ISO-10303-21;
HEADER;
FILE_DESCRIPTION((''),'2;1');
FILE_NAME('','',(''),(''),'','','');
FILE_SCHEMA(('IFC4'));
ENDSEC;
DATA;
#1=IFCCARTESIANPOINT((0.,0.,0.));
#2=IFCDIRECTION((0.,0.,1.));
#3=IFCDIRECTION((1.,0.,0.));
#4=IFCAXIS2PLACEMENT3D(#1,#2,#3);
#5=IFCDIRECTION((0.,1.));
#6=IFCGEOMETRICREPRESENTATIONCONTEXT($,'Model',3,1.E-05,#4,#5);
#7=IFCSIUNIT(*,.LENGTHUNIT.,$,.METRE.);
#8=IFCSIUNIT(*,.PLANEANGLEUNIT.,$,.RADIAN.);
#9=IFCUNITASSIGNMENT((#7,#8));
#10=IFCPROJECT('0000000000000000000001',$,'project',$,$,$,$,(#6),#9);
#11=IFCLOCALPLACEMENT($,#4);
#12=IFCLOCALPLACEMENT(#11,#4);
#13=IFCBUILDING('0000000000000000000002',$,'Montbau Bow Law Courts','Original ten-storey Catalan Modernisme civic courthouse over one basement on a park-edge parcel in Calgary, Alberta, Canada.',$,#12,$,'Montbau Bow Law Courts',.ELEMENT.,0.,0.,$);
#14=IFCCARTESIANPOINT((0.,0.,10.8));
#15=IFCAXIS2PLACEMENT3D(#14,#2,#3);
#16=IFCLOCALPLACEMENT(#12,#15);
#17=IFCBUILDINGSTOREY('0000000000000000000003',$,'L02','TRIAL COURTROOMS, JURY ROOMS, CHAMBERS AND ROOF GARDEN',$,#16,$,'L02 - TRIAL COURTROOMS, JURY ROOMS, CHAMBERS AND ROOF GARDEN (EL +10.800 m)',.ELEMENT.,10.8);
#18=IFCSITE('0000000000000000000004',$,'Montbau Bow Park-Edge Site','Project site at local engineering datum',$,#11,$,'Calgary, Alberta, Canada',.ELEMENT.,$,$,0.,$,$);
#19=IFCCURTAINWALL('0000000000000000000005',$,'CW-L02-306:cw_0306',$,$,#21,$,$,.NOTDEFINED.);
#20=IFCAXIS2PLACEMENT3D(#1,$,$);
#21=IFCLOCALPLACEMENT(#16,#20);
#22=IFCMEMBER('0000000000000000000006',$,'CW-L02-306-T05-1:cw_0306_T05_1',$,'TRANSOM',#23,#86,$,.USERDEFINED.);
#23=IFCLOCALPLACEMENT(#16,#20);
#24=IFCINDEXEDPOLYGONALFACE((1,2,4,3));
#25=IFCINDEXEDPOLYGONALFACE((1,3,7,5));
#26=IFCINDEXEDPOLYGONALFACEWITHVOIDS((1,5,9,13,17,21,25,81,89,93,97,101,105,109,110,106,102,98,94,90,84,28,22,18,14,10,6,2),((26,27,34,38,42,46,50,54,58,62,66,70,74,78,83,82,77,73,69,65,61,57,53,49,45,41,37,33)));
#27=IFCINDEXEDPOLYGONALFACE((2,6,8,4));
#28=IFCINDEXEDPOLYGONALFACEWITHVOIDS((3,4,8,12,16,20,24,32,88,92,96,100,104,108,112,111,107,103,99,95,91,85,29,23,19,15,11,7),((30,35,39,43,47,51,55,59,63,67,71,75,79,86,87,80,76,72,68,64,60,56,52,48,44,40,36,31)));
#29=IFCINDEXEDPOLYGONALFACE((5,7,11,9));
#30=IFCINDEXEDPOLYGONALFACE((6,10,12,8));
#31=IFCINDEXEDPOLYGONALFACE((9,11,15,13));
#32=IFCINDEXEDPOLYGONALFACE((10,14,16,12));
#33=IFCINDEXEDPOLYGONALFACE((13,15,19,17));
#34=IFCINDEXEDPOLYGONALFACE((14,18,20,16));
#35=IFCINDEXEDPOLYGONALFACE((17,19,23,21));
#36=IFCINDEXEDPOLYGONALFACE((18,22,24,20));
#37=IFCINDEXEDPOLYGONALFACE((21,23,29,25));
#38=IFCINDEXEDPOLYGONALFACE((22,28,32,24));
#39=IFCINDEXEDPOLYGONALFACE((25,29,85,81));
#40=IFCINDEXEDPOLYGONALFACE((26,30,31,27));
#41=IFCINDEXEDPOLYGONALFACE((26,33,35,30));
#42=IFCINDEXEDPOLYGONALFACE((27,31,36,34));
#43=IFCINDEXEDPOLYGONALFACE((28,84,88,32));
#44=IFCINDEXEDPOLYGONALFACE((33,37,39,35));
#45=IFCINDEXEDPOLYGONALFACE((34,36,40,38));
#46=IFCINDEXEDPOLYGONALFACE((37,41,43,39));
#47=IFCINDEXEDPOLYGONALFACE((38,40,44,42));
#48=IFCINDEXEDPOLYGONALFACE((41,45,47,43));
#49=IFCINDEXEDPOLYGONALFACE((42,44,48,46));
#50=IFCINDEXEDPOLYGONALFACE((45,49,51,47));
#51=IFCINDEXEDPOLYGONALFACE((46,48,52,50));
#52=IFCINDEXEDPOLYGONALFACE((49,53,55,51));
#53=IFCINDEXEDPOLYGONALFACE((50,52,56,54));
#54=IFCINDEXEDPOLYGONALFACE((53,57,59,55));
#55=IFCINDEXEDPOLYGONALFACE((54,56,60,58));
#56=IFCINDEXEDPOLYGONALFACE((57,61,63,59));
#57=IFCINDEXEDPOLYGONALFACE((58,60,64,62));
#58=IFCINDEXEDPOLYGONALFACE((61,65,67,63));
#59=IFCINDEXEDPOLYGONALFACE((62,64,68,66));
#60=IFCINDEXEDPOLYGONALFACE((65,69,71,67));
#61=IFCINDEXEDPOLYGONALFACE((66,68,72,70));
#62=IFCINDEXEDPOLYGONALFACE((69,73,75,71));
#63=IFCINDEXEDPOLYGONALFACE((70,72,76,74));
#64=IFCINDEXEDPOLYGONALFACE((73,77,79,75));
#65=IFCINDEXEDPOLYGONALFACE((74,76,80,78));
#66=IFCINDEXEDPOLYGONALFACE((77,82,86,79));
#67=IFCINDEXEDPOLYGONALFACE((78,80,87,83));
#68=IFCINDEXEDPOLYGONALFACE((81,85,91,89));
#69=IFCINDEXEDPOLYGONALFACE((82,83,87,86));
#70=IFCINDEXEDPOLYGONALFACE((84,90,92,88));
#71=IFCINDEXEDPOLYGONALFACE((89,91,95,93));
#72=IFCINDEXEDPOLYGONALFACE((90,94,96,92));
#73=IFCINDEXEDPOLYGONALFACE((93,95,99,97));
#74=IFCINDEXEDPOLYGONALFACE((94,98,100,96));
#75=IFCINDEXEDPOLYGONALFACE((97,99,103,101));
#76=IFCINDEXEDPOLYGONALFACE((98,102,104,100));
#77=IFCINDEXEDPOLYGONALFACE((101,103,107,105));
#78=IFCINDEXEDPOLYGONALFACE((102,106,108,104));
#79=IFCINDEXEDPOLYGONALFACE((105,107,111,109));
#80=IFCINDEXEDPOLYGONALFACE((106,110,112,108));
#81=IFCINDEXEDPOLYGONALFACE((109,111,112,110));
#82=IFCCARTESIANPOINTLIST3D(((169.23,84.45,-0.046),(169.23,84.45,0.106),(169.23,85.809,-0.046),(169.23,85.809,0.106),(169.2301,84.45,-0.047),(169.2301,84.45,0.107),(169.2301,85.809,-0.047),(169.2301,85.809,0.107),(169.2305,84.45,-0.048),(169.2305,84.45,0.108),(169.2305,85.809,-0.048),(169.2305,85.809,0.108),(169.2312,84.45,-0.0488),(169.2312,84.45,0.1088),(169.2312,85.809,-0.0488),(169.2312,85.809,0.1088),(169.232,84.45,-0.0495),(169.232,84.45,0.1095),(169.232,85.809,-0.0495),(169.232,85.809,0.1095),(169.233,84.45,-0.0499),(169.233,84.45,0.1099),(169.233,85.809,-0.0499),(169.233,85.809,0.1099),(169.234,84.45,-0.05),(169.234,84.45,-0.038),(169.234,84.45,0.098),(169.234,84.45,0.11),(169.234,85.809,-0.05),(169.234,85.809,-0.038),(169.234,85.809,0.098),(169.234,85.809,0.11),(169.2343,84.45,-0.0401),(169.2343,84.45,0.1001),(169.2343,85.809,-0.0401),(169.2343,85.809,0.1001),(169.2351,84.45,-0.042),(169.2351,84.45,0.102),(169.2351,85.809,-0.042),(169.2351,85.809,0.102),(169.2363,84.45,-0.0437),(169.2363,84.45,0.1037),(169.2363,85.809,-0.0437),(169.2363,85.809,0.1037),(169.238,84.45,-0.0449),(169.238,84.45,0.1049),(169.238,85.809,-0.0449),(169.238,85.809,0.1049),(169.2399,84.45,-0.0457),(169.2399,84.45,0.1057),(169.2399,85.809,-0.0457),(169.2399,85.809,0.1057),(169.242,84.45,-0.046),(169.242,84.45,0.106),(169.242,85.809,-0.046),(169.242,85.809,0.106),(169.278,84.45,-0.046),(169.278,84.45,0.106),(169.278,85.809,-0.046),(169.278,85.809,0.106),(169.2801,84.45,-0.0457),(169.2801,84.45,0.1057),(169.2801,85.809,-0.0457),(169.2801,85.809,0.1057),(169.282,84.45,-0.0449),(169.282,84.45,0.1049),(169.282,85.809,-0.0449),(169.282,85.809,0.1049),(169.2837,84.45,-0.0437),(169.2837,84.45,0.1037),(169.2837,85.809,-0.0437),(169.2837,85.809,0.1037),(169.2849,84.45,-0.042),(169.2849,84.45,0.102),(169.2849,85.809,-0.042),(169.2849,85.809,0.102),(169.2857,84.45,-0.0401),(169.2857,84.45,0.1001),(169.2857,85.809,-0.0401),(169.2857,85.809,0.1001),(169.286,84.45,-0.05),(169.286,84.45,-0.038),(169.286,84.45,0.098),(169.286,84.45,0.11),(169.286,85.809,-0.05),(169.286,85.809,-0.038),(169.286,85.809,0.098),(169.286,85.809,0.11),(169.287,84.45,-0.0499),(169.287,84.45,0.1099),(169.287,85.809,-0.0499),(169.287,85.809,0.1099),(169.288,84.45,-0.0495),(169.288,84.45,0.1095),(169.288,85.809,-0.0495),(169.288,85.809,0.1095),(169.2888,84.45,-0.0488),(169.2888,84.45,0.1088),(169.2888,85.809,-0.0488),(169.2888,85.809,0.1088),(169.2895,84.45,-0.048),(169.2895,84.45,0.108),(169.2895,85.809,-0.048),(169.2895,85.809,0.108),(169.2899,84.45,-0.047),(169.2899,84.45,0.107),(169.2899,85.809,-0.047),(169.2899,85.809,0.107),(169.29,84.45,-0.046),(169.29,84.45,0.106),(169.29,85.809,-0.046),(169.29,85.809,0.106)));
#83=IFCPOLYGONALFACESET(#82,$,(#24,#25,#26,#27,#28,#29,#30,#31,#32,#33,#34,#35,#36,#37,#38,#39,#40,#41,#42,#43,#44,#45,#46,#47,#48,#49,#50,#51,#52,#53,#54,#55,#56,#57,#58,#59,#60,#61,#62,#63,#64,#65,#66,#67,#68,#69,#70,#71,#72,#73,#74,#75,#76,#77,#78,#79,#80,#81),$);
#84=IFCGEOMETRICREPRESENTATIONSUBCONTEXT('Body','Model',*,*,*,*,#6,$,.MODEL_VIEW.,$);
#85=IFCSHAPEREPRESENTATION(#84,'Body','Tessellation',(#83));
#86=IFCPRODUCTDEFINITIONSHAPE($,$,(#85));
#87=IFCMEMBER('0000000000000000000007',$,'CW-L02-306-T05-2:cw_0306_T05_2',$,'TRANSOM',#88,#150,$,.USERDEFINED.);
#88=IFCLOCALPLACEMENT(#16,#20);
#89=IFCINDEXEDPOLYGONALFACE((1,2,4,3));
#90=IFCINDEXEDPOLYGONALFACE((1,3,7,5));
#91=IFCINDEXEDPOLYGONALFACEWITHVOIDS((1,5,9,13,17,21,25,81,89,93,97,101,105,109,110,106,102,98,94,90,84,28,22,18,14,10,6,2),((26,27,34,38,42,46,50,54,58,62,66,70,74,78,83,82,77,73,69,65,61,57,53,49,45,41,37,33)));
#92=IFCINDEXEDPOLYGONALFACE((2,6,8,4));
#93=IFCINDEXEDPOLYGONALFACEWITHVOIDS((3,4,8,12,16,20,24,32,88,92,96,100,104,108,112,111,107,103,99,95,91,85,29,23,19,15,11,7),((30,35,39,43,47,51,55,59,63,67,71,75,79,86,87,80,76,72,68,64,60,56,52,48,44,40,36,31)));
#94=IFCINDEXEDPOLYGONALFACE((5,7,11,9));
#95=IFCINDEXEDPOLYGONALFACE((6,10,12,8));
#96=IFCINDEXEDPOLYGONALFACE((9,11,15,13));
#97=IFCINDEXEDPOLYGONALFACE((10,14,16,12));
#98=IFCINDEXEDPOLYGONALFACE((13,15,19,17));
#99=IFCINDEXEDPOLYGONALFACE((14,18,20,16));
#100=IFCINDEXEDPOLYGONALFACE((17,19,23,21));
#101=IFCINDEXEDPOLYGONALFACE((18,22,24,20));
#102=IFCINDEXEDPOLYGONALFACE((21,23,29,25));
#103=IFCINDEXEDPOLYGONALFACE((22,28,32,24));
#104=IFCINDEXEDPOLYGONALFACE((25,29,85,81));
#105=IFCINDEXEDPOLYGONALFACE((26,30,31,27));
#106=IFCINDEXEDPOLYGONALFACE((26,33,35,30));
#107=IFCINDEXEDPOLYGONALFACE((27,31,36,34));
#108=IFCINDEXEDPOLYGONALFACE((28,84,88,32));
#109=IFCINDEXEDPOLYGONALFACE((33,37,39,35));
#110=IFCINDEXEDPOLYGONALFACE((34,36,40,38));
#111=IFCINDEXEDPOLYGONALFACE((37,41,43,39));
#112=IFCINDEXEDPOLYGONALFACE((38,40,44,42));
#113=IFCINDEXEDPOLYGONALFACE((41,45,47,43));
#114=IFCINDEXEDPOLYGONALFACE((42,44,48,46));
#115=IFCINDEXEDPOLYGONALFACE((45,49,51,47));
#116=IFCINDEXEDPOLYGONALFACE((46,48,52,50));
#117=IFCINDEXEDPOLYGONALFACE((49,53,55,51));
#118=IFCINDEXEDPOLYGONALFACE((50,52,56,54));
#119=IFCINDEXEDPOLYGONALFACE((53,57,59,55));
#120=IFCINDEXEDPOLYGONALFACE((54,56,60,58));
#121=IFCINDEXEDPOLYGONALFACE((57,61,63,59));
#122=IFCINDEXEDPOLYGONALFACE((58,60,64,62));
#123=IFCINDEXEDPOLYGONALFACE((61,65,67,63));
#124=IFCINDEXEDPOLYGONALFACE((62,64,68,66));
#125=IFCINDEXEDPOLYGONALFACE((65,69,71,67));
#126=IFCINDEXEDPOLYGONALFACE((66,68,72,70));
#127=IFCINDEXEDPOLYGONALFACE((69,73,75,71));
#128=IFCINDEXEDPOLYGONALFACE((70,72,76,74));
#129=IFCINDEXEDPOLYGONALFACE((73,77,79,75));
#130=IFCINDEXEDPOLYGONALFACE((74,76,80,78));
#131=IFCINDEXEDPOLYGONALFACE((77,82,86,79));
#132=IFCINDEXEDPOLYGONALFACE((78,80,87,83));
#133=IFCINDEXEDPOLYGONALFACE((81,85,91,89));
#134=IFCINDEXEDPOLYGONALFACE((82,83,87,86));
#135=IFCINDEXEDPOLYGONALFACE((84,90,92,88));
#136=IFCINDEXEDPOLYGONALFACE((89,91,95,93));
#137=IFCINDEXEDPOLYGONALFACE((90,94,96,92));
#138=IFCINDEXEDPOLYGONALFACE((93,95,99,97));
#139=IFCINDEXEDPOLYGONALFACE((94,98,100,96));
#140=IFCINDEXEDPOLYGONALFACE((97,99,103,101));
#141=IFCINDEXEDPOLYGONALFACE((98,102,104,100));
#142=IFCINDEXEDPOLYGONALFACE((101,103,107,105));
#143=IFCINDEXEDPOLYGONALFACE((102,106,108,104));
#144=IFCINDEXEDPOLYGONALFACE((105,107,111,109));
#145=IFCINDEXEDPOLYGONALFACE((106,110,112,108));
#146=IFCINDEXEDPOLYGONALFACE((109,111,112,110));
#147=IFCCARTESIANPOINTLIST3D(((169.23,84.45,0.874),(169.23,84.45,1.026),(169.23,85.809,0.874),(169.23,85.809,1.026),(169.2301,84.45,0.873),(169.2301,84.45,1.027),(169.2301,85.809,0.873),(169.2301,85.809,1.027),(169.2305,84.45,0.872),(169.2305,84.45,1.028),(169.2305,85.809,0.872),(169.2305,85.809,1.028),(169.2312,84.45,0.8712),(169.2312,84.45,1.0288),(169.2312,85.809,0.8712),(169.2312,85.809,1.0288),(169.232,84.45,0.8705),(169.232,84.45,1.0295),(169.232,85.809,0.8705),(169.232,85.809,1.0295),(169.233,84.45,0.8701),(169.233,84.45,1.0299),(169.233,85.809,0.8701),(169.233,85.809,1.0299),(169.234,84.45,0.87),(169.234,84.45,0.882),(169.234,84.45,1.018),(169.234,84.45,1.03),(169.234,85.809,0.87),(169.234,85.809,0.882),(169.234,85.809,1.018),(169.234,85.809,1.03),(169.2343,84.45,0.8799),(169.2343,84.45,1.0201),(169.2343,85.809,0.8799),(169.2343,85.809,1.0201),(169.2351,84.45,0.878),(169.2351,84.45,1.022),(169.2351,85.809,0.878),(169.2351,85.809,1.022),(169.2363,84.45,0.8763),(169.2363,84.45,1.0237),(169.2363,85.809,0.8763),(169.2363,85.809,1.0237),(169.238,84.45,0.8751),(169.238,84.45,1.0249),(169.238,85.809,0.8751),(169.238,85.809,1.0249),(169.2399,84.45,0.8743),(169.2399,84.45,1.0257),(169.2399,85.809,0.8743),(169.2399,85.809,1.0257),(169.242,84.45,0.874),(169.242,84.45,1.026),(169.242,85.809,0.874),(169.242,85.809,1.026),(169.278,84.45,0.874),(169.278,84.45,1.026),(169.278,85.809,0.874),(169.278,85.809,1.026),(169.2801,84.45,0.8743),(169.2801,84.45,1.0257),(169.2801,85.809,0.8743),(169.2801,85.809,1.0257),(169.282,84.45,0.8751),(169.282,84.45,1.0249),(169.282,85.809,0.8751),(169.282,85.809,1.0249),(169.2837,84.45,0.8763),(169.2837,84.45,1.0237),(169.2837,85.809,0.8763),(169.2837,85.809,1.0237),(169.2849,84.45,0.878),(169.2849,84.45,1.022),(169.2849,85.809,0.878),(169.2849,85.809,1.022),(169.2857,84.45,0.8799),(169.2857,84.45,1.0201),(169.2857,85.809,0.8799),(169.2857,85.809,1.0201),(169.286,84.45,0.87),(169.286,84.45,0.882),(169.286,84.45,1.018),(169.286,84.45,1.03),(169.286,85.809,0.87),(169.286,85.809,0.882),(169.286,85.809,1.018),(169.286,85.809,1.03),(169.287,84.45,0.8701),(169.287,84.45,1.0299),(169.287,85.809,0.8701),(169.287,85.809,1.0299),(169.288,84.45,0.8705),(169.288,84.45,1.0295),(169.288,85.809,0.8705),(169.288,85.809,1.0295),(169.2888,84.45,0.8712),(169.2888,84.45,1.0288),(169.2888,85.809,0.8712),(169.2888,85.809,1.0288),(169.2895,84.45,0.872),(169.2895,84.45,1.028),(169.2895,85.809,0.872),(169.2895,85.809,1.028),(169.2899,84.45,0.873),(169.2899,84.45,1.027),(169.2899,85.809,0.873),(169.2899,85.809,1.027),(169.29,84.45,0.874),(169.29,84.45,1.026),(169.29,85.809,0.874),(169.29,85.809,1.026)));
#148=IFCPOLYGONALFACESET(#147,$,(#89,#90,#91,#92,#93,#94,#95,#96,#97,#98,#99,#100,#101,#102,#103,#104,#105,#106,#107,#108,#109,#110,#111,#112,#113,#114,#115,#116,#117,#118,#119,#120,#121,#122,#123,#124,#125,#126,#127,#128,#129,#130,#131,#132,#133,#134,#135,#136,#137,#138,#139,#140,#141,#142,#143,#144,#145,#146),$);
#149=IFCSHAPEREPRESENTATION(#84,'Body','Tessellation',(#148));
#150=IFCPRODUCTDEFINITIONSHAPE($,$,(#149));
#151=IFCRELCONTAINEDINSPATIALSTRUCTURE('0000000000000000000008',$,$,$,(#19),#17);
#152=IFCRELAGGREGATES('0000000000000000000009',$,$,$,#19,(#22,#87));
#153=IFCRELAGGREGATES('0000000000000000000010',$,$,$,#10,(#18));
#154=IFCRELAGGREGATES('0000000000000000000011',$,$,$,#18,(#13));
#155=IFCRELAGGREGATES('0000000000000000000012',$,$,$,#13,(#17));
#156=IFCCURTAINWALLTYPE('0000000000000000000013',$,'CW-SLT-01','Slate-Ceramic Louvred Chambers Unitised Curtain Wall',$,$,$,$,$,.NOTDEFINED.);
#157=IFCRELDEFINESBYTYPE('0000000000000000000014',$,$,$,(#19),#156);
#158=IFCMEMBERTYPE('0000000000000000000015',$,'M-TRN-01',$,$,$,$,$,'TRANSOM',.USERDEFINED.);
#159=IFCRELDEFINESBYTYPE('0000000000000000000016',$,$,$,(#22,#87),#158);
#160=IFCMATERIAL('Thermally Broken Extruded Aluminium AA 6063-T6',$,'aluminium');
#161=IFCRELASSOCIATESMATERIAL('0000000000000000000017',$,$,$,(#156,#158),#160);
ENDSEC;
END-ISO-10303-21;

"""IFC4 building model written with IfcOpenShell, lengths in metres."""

from ifc_helpers import new_model, si_unit, direction, frame, origin_with_axes, origin_2d_with_axis, place, context, subcontext, project, spatial, hollow_rectangle, extrude, material, material_profile, profile_set, type_object, element, aggregate, save


model = new_model("IFC4")

# Units and contexts
model_context = context("Model", 3, precision=1e-05, world=origin_with_axes(), true_north=direction((0.0, 1.0)))
body_context = subcontext(model_context, "Body", "Model", "MODEL_VIEW")
ifc_project = project(units=[si_unit("LENGTHUNIT", "METRE"), si_unit("PLANEANGLEUNIT", "RADIAN")], contexts=[model_context])

# Site, building, storey
site_placement = place(None, origin_with_axes())
site = spatial("IfcSite", under=ifc_project, at=site_placement, Name="Montbau Bow Park-Edge Site", Description="Project site at local engineering datum", LongName="Calgary, Alberta, Canada", CompositionType="ELEMENT", RefElevation=0.0)
building_placement = place(site_placement, origin_with_axes())
building = spatial("IfcBuilding", under=site, at=building_placement, Name="Montbau Bow Law Courts", Description="Original ten-storey Catalan Modernisme civic courthouse over one basement on a park-edge parcel in Calgary, Alberta, Canada.", LongName="Montbau Bow Law Courts", CompositionType="ELEMENT", ElevationOfRefHeight=0.0, ElevationOfTerrain=0.0)
storey_placement = place(building_placement, frame((0.0, 0.0, 10.8), z_axis=(0.0, 0.0, 1.0), x_axis=(1.0, 0.0, 0.0)))
storey = spatial("IfcBuildingStorey", under=building, at=storey_placement, Name="L02", Description="TRIAL COURTROOMS, JURY ROOMS, CHAMBERS AND ROOF GARDEN", LongName="L02 - TRIAL COURTROOMS, JURY ROOMS, CHAMBERS AND ROOF GARDEN (EL +10.800 m)", CompositionType="ELEMENT", Elevation=10.8)

# Curtain wall
ifc_material_1 = material(Name="Thermally Broken Extruded Aluminium AA 6063-T6", Category="aluminium")
curtain_wall_type = type_object("IfcCurtainWallType", Name="CW-SLT-01", Description="Slate-Ceramic Louvred Chambers Unitised Curtain Wall", PredefinedType="NOTDEFINED", material=ifc_material_1)
curtain_wall_1_placement = place(None, frame((169.26, 78.515, 10.8), z_axis=(0.0, 0.0, 1.0), x_axis=(1.0, 0.0, 0.0)))
curtain_wall_1 = element("IfcCurtainWall", 1, at=curtain_wall_1_placement, inside=storey, type_object=curtain_wall_type, Name="CW-L02-306:cw_0306", PredefinedType="NOTDEFINED")

# Members
ifc_material_profile_1 = material_profile(ifc_material_1, hollow_rectangle(XDim=0.06, YDim=0.16, WallThickness=0.004, InnerFilletRadius=0.008, OuterFilletRadius=0.004, at=origin_2d_with_axis()), Name="CWT-160X60", Category="Main", Priority=0)
ifc_profile_set_1 = profile_set([ifc_material_profile_1], Name="Thermally Broken Extruded Aluminium AA 6063-T6")
member_type_1 = type_object("IfcMemberType", Name="M-TRN-01", ElementType="TRANSOM", PredefinedType="USERDEFINED", material=ifc_profile_set_1)
member_1_placement = place(None, frame((169.26, 84.45, 10.83), z_axis=(0.0, 1.0, 0.0), x_axis=(-1.0, 0.0, 0.0)))
member_1 = element("IfcMember", 2, at=member_1_placement, type_object=member_type_1, Name="CW-L02-306-T05-1:cw_0306_T05_1", ObjectType="TRANSOM", PredefinedType="USERDEFINED", context=body_context, shape_type="SweptSolid", body=[
    extrude(hollow_rectangle(XDim=0.06, YDim=0.16, WallThickness=0.004, InnerFilletRadius=0.008, OuterFilletRadius=0.004, at=origin_2d_with_axis()), origin_with_axes(), (0.0, 0.0, 1.0), 1.359),
])
member_2_placement = place(None, frame((169.26, 84.45, 11.75), z_axis=(0.0, 1.0, 0.0), x_axis=(-1.0, 0.0, 0.0)))
member_2 = element("IfcMember", 3, at=member_2_placement, type_object=member_type_1, Name="CW-L02-306-T05-2:cw_0306_T05_2", ObjectType="TRANSOM", PredefinedType="USERDEFINED", context=body_context, shape_type="SweptSolid", body=[
    extrude(hollow_rectangle(XDim=0.06, YDim=0.16, WallThickness=0.004, InnerFilletRadius=0.008, OuterFilletRadius=0.004, at=origin_2d_with_axis()), origin_with_axes(), (0.0, 0.0, 1.0), 1.359),
])

aggregate(curtain_wall_1, [member_1, member_2])

save(model, "model.ifc")
